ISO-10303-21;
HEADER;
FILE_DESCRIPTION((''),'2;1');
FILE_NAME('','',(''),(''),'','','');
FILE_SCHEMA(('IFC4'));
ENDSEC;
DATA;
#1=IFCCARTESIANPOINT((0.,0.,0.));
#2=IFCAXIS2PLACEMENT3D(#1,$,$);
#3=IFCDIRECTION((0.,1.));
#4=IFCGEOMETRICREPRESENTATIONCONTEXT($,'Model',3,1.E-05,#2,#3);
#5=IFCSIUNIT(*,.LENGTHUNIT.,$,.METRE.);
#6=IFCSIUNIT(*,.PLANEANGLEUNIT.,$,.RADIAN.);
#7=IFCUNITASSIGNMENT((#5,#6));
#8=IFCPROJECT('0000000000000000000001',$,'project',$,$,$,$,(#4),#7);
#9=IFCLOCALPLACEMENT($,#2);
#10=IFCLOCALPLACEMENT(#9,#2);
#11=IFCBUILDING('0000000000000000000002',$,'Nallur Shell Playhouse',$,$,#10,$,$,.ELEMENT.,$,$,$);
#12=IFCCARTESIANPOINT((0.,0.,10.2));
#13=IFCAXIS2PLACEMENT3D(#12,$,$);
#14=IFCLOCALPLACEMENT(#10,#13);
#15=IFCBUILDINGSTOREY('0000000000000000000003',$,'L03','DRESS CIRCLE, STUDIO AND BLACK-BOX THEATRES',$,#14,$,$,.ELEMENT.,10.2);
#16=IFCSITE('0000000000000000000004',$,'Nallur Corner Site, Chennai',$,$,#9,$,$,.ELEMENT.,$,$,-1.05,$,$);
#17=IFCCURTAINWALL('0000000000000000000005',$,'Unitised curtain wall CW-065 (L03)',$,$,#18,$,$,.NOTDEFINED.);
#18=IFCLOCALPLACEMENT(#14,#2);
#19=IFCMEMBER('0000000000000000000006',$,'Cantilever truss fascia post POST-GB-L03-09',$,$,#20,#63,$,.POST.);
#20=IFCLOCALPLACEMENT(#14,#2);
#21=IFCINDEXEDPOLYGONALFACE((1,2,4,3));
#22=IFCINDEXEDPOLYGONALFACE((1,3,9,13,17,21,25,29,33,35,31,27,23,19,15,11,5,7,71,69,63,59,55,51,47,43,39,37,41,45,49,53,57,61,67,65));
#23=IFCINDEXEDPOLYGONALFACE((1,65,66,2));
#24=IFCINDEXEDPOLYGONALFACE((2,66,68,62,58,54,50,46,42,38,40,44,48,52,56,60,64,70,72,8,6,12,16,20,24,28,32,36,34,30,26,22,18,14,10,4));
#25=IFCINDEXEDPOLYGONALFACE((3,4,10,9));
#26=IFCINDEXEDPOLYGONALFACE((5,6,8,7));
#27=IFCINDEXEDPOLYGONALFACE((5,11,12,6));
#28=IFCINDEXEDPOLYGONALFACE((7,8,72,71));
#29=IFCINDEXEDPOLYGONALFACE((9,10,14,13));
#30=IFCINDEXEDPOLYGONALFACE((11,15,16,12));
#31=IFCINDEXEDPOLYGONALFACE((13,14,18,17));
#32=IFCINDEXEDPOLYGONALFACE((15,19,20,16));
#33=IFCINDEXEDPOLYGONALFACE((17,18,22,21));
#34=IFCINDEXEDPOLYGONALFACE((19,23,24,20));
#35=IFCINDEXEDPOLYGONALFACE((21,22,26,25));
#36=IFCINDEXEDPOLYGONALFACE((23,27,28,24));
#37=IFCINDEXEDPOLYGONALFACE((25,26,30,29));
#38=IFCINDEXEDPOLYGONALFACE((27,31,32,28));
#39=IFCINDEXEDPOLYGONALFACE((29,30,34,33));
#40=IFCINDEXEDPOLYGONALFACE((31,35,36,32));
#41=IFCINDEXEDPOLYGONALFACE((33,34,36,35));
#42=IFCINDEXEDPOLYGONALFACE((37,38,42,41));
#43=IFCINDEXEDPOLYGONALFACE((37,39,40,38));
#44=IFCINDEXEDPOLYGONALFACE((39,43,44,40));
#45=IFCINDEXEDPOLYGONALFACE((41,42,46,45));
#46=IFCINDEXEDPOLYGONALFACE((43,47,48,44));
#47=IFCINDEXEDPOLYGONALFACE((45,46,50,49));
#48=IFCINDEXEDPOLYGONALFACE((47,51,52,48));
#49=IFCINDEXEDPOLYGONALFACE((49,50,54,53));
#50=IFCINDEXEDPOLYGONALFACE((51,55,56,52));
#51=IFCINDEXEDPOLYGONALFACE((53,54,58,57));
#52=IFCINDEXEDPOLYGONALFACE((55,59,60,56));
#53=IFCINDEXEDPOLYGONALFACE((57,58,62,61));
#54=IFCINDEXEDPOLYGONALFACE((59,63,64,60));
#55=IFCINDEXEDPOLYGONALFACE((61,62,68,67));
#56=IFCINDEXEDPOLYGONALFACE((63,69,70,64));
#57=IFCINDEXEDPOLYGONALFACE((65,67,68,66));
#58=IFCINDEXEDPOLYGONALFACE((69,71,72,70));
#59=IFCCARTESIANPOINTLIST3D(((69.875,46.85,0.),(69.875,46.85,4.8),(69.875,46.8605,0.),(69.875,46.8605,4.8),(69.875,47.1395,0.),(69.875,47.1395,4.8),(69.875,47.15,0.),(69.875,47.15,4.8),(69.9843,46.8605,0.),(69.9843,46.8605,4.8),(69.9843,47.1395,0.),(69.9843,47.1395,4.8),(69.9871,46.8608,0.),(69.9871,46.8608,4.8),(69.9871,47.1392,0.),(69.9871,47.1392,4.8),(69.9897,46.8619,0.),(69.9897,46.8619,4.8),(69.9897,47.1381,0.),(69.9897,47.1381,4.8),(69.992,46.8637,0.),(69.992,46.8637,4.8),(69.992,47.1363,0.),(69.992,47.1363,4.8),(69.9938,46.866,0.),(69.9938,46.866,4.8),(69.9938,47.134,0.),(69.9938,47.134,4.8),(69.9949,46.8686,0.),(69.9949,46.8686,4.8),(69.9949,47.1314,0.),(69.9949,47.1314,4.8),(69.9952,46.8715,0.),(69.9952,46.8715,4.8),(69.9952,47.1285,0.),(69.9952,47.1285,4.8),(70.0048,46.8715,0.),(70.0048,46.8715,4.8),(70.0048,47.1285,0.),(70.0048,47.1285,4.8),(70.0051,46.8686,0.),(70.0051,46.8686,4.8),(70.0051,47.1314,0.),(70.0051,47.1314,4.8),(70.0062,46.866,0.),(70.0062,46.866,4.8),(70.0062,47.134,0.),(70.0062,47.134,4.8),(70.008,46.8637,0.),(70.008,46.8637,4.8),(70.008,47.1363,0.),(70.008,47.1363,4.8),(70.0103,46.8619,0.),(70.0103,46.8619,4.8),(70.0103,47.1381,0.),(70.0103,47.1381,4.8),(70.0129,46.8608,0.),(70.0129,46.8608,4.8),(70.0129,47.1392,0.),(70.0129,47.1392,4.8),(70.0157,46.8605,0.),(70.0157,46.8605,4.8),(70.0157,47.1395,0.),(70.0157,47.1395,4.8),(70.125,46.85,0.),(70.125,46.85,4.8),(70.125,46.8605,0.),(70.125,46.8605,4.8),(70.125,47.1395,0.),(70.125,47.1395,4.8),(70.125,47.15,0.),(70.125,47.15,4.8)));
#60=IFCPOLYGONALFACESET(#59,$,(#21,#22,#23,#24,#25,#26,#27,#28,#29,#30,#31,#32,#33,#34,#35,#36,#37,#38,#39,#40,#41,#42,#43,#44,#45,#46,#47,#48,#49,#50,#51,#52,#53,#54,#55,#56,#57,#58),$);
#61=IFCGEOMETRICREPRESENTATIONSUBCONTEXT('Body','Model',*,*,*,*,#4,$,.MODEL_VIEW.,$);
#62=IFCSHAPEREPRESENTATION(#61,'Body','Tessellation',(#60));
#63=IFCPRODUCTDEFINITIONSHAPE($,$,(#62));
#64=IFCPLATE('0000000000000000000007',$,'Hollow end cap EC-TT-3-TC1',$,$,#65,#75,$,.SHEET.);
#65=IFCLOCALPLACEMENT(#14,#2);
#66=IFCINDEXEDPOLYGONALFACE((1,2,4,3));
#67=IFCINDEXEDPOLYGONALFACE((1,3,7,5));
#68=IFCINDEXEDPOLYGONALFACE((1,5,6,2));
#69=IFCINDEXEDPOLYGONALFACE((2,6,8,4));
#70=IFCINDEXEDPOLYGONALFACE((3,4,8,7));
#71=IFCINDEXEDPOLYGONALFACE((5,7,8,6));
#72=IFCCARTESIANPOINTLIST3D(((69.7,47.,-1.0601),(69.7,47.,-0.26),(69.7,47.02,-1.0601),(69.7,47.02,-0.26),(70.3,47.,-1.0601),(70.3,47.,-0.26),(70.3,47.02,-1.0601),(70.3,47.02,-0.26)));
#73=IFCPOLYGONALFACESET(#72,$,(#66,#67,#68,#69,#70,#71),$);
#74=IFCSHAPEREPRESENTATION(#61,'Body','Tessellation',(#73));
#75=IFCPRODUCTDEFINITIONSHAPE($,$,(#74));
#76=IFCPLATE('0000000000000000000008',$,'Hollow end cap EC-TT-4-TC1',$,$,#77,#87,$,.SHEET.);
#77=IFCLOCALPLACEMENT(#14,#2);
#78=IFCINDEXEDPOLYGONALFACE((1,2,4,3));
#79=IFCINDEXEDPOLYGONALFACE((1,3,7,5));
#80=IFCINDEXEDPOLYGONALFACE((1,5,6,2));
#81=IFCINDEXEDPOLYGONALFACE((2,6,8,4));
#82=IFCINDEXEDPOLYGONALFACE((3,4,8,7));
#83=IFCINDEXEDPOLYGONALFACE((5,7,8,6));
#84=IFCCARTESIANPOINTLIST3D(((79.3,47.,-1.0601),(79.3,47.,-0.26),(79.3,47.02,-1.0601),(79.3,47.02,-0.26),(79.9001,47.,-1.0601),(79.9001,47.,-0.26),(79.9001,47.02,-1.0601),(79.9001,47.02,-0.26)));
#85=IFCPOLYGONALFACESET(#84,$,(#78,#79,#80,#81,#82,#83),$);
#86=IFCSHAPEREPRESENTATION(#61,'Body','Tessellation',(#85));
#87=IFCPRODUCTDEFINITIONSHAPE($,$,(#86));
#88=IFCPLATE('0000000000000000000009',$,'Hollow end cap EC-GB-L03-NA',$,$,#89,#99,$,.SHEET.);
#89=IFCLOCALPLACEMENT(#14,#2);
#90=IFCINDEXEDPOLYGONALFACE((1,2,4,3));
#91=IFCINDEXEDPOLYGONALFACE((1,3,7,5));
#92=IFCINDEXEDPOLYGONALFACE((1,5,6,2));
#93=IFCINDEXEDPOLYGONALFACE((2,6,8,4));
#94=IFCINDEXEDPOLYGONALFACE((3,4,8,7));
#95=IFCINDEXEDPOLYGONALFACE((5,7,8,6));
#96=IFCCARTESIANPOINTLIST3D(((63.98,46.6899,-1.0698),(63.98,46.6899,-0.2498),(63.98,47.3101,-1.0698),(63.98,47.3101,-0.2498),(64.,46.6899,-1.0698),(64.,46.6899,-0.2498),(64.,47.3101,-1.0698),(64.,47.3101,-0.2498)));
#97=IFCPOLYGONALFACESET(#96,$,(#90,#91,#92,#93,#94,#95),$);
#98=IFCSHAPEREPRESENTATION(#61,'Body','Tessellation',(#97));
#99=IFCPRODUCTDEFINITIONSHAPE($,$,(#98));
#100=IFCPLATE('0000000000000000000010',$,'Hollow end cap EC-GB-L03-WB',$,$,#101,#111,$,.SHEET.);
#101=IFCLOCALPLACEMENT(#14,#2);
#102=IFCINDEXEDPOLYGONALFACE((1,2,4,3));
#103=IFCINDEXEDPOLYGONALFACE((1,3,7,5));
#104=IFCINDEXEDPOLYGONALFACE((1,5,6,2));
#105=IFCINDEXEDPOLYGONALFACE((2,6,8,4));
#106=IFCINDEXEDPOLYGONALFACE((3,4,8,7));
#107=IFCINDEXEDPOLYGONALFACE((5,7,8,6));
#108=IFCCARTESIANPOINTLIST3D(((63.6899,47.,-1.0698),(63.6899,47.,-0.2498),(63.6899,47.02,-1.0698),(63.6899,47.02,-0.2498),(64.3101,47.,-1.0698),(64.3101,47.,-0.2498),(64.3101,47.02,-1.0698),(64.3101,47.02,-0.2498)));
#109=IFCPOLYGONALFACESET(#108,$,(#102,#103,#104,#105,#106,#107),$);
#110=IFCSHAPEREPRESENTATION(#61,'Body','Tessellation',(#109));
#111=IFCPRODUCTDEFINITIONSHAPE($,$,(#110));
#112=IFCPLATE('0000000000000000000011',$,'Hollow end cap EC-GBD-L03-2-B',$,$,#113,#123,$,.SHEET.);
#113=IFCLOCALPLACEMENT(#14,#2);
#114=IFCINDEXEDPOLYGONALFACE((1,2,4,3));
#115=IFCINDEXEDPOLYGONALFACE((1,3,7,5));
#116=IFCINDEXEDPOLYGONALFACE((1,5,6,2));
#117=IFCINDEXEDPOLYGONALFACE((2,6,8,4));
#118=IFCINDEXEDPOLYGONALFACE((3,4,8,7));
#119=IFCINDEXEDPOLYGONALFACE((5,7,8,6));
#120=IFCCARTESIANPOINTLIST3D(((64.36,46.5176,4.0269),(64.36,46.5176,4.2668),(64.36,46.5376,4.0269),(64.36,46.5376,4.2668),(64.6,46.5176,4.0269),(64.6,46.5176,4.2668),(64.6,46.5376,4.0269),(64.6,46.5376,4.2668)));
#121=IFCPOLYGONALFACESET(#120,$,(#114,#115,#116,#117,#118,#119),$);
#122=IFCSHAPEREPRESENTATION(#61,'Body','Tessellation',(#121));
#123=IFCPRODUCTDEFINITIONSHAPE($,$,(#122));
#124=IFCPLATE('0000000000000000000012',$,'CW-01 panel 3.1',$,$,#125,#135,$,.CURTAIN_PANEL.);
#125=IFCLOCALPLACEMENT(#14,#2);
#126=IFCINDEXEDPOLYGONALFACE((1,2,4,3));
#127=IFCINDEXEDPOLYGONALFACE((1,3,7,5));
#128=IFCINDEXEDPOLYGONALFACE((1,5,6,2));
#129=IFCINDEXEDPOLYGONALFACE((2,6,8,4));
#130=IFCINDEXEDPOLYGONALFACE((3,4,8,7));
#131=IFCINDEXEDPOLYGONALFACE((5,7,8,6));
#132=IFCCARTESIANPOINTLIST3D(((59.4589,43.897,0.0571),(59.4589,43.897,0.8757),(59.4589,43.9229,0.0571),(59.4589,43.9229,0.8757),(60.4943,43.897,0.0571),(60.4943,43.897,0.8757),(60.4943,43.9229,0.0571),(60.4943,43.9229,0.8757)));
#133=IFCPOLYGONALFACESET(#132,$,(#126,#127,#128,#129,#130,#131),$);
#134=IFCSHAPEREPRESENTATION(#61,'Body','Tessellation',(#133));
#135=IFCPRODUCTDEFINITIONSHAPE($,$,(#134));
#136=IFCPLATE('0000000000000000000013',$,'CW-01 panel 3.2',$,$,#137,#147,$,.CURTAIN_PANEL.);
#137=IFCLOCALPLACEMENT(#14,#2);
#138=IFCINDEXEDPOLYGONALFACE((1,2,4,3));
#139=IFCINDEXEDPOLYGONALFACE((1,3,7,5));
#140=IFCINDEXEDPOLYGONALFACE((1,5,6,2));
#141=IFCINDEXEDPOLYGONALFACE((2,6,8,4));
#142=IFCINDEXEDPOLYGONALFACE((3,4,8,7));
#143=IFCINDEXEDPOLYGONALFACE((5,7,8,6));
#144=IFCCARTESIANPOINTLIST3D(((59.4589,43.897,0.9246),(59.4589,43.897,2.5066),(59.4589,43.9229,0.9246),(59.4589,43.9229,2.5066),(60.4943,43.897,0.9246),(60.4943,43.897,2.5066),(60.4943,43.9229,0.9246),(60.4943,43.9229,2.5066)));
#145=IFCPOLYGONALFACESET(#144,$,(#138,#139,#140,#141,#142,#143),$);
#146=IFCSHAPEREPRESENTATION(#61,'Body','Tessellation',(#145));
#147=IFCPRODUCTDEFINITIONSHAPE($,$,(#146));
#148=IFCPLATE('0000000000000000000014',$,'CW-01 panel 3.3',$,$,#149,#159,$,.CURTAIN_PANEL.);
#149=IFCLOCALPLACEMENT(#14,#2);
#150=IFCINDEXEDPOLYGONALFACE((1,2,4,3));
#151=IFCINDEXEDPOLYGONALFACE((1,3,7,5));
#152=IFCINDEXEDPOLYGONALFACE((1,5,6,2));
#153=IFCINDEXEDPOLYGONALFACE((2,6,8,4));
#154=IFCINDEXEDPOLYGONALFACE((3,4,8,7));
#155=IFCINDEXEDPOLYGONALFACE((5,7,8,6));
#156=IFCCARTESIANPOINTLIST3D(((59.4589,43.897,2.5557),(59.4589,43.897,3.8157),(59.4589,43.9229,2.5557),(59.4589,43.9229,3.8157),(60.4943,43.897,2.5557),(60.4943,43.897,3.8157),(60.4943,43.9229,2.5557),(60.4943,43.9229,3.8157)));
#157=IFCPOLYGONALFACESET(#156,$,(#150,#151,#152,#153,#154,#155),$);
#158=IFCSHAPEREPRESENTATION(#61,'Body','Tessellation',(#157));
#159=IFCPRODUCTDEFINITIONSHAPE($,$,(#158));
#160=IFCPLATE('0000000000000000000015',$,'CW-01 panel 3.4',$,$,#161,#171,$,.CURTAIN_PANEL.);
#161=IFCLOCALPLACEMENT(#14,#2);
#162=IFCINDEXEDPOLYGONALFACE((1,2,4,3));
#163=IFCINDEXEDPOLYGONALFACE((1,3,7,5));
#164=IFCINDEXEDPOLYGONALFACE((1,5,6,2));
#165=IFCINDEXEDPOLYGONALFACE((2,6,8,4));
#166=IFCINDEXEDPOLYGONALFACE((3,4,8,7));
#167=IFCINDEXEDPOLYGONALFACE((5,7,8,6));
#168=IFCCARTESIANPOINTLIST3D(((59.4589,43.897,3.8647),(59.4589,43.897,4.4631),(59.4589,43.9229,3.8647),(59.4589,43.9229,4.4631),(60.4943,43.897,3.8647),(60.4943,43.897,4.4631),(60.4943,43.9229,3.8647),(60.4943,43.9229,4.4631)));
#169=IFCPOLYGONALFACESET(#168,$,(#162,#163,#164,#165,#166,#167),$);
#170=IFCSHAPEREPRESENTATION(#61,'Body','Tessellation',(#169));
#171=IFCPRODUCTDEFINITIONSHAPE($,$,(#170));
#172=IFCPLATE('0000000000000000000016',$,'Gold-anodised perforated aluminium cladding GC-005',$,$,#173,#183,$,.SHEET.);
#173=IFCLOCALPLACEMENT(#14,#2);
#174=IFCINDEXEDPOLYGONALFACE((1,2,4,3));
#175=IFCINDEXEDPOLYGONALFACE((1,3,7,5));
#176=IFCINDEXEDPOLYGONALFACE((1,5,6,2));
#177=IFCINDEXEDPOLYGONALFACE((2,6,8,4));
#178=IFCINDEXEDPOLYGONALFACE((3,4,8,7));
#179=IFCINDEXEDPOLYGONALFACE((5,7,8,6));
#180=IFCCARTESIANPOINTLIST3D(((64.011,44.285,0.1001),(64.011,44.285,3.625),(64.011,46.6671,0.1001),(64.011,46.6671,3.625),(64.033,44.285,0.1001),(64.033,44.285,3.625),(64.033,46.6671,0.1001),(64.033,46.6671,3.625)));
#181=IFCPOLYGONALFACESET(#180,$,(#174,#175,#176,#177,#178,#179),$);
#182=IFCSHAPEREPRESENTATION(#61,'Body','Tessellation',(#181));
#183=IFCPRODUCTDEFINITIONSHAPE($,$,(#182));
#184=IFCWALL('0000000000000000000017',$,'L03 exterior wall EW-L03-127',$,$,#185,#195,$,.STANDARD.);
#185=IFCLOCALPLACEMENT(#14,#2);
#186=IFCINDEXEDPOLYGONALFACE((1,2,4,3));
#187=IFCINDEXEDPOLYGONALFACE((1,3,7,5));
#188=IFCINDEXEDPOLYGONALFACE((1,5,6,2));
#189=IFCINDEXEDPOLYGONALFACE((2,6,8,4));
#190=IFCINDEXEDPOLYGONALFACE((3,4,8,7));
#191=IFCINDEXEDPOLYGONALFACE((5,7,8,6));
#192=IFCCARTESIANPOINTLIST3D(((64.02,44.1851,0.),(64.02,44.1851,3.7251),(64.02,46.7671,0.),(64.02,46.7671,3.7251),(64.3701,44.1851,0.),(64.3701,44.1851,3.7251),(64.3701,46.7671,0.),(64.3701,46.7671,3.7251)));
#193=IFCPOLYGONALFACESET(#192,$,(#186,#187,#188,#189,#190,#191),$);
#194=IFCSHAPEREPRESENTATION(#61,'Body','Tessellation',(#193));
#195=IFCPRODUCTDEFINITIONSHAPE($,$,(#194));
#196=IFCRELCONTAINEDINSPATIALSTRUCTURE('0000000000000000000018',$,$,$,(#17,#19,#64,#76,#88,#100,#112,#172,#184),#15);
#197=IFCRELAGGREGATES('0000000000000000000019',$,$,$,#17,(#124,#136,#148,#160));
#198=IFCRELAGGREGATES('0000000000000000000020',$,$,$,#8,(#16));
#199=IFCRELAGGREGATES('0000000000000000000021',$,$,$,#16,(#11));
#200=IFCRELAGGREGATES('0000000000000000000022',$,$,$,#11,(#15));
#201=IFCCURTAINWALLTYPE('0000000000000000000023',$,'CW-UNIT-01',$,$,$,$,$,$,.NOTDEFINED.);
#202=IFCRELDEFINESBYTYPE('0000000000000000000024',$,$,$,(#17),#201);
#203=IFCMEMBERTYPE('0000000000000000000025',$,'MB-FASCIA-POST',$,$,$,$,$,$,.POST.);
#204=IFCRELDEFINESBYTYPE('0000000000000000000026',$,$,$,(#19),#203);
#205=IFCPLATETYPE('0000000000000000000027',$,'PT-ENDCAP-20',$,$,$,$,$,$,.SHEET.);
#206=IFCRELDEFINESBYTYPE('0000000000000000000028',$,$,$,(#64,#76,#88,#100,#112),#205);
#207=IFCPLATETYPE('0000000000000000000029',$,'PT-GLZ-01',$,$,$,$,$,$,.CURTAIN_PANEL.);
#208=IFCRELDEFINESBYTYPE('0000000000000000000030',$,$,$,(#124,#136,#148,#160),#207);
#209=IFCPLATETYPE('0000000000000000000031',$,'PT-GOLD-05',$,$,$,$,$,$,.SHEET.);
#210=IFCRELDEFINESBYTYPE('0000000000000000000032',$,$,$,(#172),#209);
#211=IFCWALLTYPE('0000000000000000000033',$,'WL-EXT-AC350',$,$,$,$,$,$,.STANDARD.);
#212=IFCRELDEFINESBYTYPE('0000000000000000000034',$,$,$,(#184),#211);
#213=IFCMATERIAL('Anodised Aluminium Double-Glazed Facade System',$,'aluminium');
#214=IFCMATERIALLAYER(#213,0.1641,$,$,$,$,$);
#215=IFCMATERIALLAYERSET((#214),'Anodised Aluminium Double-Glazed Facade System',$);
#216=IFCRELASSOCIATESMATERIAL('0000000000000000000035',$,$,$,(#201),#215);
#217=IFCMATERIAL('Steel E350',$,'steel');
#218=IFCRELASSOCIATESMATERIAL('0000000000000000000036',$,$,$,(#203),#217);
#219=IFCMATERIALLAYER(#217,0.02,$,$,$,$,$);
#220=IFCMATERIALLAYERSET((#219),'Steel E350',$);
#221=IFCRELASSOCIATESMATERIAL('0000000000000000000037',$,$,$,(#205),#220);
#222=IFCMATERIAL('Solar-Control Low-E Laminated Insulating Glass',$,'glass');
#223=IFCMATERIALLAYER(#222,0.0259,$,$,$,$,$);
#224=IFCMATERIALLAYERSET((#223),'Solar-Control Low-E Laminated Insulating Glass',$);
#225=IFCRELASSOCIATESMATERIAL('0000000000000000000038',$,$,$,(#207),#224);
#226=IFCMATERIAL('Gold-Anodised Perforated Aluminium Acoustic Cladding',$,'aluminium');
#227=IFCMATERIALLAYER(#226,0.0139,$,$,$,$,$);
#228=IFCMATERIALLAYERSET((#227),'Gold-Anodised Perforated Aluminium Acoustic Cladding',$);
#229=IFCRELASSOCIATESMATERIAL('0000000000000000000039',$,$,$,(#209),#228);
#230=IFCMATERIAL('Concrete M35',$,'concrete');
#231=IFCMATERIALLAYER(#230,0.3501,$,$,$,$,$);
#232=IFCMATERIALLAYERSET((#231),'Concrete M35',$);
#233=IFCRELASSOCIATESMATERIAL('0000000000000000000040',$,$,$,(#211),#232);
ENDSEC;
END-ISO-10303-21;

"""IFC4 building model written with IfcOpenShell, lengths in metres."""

from ifc_helpers import new_model, si_unit, direction, frame, frame_2d, origin, origin_2d, place, context, subcontext, project, spatial, rectangle, i_section, extrude, material, layer, layer_set, material_profile, profile_set, type_object, element, aggregate, save


model = new_model("IFC4")

# Units and contexts
model_context = context("Model", 3, precision=1e-05, world=origin(), true_north=direction((0.0, 1.0)))
body_context = subcontext(model_context, "Body", "Model", "MODEL_VIEW")
ifc_project = project(units=[si_unit("LENGTHUNIT", "METRE"), si_unit("PLANEANGLEUNIT", "RADIAN")], contexts=[model_context])

# Site, building, storey
site_placement = place(None, origin())
site = spatial("IfcSite", under=ifc_project, at=site_placement, Name="Nallur Corner Site, Chennai", CompositionType="ELEMENT", RefElevation=-1.05)
building_placement = place(site_placement, origin())
building = spatial("IfcBuilding", under=site, at=building_placement, Name="Nallur Shell Playhouse", CompositionType="ELEMENT")
storey_placement = place(building_placement, frame((0.0, 0.0, 10.2)))
storey = spatial("IfcBuildingStorey", under=building, at=storey_placement, Name="L03", Description="DRESS CIRCLE, STUDIO AND BLACK-BOX THEATRES", CompositionType="ELEMENT", Elevation=10.2)

# Shared definitions
ifc_material_1 = material(Name="Steel E350", Category="steel")

# Curtain wall
ifc_material_2 = material(Name="Anodised Aluminium Double-Glazed Facade System", Category="aluminium")
ifc_layer_1 = layer(ifc_material_2, 0.1641)
ifc_layer_set_1 = layer_set([ifc_layer_1], Name="Anodised Aluminium Double-Glazed Facade System")
curtain_wall_type = type_object("IfcCurtainWallType", Name="CW-UNIT-01", PredefinedType="NOTDEFINED", material=ifc_layer_set_1)
curtain_wall_placement = place(storey_placement, origin())
curtain_wall = element("IfcCurtainWall", 1, at=curtain_wall_placement, inside=storey, type_object=curtain_wall_type, Name="Unitised curtain wall CW-065 (L03)", PredefinedType="NOTDEFINED")

# Member
ifc_material_profile_1 = material_profile(ifc_material_1, i_section(OverallWidth=0.25, OverallDepth=0.3, WebThickness=0.0095, FlangeThickness=0.0105, FilletRadius=0.011, at=origin_2d()), Name="ISHB 300")
ifc_profile_set_1 = profile_set([ifc_material_profile_1], Name="Steel E350")
member_type_1 = type_object("IfcMemberType", Name="MB-FASCIA-POST", PredefinedType="POST", material=ifc_profile_set_1)
member_1_placement = place(storey_placement, frame((70.0, 47.0, 0.0), z_axis=(0.0, 0.0, 1.0), x_axis=(1.0, 0.0, 0.0)))
element("IfcMember", 2, at=member_1_placement, inside=storey, type_object=member_type_1, Name="Cantilever truss fascia post POST-GB-L03-09", PredefinedType="POST", context=body_context, shape_type="SweptSolid", body=[
    extrude(i_section(OverallWidth=0.25, OverallDepth=0.3, WebThickness=0.0095, FlangeThickness=0.0105, FilletRadius=0.011, at=origin_2d()), origin(), (0.0, 0.0, 1.0), 4.8),
])

# Plates
ifc_layer_2 = layer(ifc_material_1, 0.02)
ifc_layer_set_2 = layer_set([ifc_layer_2], Name="Steel E350")
plate_type_1 = type_object("IfcPlateType", Name="PT-ENDCAP-20", PredefinedType="SHEET", material=ifc_layer_set_2)
for number, where, z_axis, x_axis, name in (
    (3, (70.0, 47.01, -1.0601), (0.0, 0.0, 1.0), (1.0, 0.0, 0.0), "Hollow end cap EC-TT-3-TC1"),
    (4, (79.6001, 47.01, -1.0601), (0.0, 0.0, 1.0), (1.0, 0.0, 0.0), "Hollow end cap EC-TT-4-TC1"),
):
    element("IfcPlate", number, at=place(storey_placement, frame(where, z_axis=z_axis, x_axis=x_axis)), inside=storey, type_object=plate_type_1, Name=name, PredefinedType="SHEET", context=body_context, shape_type="SweptSolid", body=[
        extrude(rectangle(XDim=0.6001, YDim=0.02, at=origin_2d()), origin(), (0.0, 0.0, 1.0), 0.8),
    ])
plate_1_placement = place(storey_placement, frame((63.99, 47.0, -1.0698), z_axis=(0.0, 0.0, 1.0), x_axis=(1.0, 0.0, 0.0)))
element("IfcPlate", 5, at=plate_1_placement, inside=storey, type_object=plate_type_1, Name="Hollow end cap EC-GB-L03-NA", PredefinedType="SHEET", context=body_context, shape_type="SweptSolid", body=[
    extrude(rectangle(XDim=0.02, YDim=0.6201, at=origin_2d()), origin(), (0.0, 0.0, 1.0), 0.8201),
])
plate_2_placement = place(storey_placement, frame((64.0, 47.01, -1.0698), z_axis=(0.0, 0.0, 1.0), x_axis=(1.0, 0.0, 0.0)))
element("IfcPlate", 6, at=plate_2_placement, inside=storey, type_object=plate_type_1, Name="Hollow end cap EC-GB-L03-WB", PredefinedType="SHEET", context=body_context, shape_type="SweptSolid", body=[
    extrude(rectangle(XDim=0.6201, YDim=0.02, at=origin_2d()), origin(), (0.0, 0.0, 1.0), 0.8201),
])
plate_3_placement = place(storey_placement, frame((64.48, 46.5276, 4.0269), z_axis=(0.0, 0.0, 1.0), x_axis=(1.0, 0.0, 0.0)))
element("IfcPlate", 7, at=plate_3_placement, inside=storey, type_object=plate_type_1, Name="Hollow end cap EC-GBD-L03-2-B", PredefinedType="SHEET", context=body_context, shape_type="SweptSolid", body=[
    extrude(rectangle(XDim=0.24, YDim=0.02, at=origin_2d()), origin(), (0.0, 0.0, 1.0), 0.24),
])

# Plates
ifc_material_3 = material(Name="Solar-Control Low-E Laminated Insulating Glass", Category="glass")
ifc_layer_3 = layer(ifc_material_3, 0.0259)
ifc_layer_set_3 = layer_set([ifc_layer_3], Name="Solar-Control Low-E Laminated Insulating Glass")
plate_type_2 = type_object("IfcPlateType", Name="PT-GLZ-01", PredefinedType="CURTAIN_PANEL", material=ifc_layer_set_3)
plate_4_placement = place(storey_placement, frame((59.9766, 43.9099, 0.0571), z_axis=(0.0, 0.0, 1.0), x_axis=(1.0, 0.0, 0.0)))
plate_4 = element("IfcPlate", 8, at=plate_4_placement, type_object=plate_type_2, Name="CW-01 panel 3.1", PredefinedType="CURTAIN_PANEL", context=body_context, shape_type="SweptSolid", body=[
    extrude(rectangle(XDim=1.0354, YDim=0.0259, at=origin_2d()), origin(), (0.0, 0.0, 1.0), 0.8186),
])
plate_5_placement = place(storey_placement, frame((59.9766, 43.9099, 0.9246), z_axis=(0.0, 0.0, 1.0), x_axis=(1.0, 0.0, 0.0)))
plate_5 = element("IfcPlate", 9, at=plate_5_placement, type_object=plate_type_2, Name="CW-01 panel 3.2", PredefinedType="CURTAIN_PANEL", context=body_context, shape_type="SweptSolid", body=[
    extrude(rectangle(XDim=1.0354, YDim=0.0259, at=origin_2d()), origin(), (0.0, 0.0, 1.0), 1.582),
])
plate_6_placement = place(storey_placement, frame((59.9766, 43.9099, 2.5557), z_axis=(0.0, 0.0, 1.0), x_axis=(1.0, 0.0, 0.0)))
plate_6 = element("IfcPlate", 10, at=plate_6_placement, type_object=plate_type_2, Name="CW-01 panel 3.3", PredefinedType="CURTAIN_PANEL", context=body_context, shape_type="SweptSolid", body=[
    extrude(rectangle(XDim=1.0354, YDim=0.0259, at=origin_2d()), origin(), (0.0, 0.0, 1.0), 1.26),
])
plate_7_placement = place(storey_placement, frame((59.9766, 43.9099, 3.8647), z_axis=(0.0, 0.0, 1.0), x_axis=(1.0, 0.0, 0.0)))
plate_7 = element("IfcPlate", 11, at=plate_7_placement, type_object=plate_type_2, Name="CW-01 panel 3.4", PredefinedType="CURTAIN_PANEL", context=body_context, shape_type="SweptSolid", body=[
    extrude(rectangle(XDim=1.0354, YDim=0.0259, at=origin_2d()), origin(), (0.0, 0.0, 1.0), 0.5984),
])
aggregate(curtain_wall, [plate_4, plate_5, plate_6, plate_7])
ifc_material_4 = material(Name="Gold-Anodised Perforated Aluminium Acoustic Cladding", Category="aluminium")
ifc_layer_4 = layer(ifc_material_4, 0.0139)
ifc_layer_set_4 = layer_set([ifc_layer_4], Name="Gold-Anodised Perforated Aluminium Acoustic Cladding")
plate_type_3 = type_object("IfcPlateType", Name="PT-GOLD-05", PredefinedType="SHEET", material=ifc_layer_set_4)
plate_8_placement = place(storey_placement, frame((64.022, 45.4761, 0.1001), z_axis=(0.0, 0.0, 1.0), x_axis=(0.0, 1.0, 0.0)))
element("IfcPlate", 12, at=plate_8_placement, inside=storey, type_object=plate_type_3, Name="Gold-anodised perforated aluminium cladding GC-005", PredefinedType="SHEET", context=body_context, shape_type="SweptSolid", body=[
    extrude(rectangle(XDim=2.3821, YDim=0.022, at=origin_2d()), origin(), (0.0, 0.0, 1.0), 3.5249),
])

# Wall
ifc_material_5 = material(Name="Concrete M35", Category="concrete")
ifc_layer_5 = layer(ifc_material_5, 0.3501)
ifc_layer_set_5 = layer_set([ifc_layer_5], Name="Concrete M35")
wall_type_1 = type_object("IfcWallType", Name="WL-EXT-AC350", PredefinedType="STANDARD", material=ifc_layer_set_5)
wall_1_placement = place(storey_placement, frame((64.1951, 44.1851, 0.0), z_axis=(0.0, 0.0, 1.0), x_axis=(0.0, 1.0, 0.0)))
element("IfcWall", 13, at=wall_1_placement, inside=storey, type_object=wall_type_1, Name="L03 exterior wall EW-L03-127", PredefinedType="STANDARD", context=body_context, shape_type="SweptSolid", body=[
    extrude(rectangle(XDim=2.582, YDim=0.3501, at=frame_2d((1.291, 0.0))), origin(), (0.0, 0.0, 1.0), 3.7251),
])

save(model, "model.ifc")
